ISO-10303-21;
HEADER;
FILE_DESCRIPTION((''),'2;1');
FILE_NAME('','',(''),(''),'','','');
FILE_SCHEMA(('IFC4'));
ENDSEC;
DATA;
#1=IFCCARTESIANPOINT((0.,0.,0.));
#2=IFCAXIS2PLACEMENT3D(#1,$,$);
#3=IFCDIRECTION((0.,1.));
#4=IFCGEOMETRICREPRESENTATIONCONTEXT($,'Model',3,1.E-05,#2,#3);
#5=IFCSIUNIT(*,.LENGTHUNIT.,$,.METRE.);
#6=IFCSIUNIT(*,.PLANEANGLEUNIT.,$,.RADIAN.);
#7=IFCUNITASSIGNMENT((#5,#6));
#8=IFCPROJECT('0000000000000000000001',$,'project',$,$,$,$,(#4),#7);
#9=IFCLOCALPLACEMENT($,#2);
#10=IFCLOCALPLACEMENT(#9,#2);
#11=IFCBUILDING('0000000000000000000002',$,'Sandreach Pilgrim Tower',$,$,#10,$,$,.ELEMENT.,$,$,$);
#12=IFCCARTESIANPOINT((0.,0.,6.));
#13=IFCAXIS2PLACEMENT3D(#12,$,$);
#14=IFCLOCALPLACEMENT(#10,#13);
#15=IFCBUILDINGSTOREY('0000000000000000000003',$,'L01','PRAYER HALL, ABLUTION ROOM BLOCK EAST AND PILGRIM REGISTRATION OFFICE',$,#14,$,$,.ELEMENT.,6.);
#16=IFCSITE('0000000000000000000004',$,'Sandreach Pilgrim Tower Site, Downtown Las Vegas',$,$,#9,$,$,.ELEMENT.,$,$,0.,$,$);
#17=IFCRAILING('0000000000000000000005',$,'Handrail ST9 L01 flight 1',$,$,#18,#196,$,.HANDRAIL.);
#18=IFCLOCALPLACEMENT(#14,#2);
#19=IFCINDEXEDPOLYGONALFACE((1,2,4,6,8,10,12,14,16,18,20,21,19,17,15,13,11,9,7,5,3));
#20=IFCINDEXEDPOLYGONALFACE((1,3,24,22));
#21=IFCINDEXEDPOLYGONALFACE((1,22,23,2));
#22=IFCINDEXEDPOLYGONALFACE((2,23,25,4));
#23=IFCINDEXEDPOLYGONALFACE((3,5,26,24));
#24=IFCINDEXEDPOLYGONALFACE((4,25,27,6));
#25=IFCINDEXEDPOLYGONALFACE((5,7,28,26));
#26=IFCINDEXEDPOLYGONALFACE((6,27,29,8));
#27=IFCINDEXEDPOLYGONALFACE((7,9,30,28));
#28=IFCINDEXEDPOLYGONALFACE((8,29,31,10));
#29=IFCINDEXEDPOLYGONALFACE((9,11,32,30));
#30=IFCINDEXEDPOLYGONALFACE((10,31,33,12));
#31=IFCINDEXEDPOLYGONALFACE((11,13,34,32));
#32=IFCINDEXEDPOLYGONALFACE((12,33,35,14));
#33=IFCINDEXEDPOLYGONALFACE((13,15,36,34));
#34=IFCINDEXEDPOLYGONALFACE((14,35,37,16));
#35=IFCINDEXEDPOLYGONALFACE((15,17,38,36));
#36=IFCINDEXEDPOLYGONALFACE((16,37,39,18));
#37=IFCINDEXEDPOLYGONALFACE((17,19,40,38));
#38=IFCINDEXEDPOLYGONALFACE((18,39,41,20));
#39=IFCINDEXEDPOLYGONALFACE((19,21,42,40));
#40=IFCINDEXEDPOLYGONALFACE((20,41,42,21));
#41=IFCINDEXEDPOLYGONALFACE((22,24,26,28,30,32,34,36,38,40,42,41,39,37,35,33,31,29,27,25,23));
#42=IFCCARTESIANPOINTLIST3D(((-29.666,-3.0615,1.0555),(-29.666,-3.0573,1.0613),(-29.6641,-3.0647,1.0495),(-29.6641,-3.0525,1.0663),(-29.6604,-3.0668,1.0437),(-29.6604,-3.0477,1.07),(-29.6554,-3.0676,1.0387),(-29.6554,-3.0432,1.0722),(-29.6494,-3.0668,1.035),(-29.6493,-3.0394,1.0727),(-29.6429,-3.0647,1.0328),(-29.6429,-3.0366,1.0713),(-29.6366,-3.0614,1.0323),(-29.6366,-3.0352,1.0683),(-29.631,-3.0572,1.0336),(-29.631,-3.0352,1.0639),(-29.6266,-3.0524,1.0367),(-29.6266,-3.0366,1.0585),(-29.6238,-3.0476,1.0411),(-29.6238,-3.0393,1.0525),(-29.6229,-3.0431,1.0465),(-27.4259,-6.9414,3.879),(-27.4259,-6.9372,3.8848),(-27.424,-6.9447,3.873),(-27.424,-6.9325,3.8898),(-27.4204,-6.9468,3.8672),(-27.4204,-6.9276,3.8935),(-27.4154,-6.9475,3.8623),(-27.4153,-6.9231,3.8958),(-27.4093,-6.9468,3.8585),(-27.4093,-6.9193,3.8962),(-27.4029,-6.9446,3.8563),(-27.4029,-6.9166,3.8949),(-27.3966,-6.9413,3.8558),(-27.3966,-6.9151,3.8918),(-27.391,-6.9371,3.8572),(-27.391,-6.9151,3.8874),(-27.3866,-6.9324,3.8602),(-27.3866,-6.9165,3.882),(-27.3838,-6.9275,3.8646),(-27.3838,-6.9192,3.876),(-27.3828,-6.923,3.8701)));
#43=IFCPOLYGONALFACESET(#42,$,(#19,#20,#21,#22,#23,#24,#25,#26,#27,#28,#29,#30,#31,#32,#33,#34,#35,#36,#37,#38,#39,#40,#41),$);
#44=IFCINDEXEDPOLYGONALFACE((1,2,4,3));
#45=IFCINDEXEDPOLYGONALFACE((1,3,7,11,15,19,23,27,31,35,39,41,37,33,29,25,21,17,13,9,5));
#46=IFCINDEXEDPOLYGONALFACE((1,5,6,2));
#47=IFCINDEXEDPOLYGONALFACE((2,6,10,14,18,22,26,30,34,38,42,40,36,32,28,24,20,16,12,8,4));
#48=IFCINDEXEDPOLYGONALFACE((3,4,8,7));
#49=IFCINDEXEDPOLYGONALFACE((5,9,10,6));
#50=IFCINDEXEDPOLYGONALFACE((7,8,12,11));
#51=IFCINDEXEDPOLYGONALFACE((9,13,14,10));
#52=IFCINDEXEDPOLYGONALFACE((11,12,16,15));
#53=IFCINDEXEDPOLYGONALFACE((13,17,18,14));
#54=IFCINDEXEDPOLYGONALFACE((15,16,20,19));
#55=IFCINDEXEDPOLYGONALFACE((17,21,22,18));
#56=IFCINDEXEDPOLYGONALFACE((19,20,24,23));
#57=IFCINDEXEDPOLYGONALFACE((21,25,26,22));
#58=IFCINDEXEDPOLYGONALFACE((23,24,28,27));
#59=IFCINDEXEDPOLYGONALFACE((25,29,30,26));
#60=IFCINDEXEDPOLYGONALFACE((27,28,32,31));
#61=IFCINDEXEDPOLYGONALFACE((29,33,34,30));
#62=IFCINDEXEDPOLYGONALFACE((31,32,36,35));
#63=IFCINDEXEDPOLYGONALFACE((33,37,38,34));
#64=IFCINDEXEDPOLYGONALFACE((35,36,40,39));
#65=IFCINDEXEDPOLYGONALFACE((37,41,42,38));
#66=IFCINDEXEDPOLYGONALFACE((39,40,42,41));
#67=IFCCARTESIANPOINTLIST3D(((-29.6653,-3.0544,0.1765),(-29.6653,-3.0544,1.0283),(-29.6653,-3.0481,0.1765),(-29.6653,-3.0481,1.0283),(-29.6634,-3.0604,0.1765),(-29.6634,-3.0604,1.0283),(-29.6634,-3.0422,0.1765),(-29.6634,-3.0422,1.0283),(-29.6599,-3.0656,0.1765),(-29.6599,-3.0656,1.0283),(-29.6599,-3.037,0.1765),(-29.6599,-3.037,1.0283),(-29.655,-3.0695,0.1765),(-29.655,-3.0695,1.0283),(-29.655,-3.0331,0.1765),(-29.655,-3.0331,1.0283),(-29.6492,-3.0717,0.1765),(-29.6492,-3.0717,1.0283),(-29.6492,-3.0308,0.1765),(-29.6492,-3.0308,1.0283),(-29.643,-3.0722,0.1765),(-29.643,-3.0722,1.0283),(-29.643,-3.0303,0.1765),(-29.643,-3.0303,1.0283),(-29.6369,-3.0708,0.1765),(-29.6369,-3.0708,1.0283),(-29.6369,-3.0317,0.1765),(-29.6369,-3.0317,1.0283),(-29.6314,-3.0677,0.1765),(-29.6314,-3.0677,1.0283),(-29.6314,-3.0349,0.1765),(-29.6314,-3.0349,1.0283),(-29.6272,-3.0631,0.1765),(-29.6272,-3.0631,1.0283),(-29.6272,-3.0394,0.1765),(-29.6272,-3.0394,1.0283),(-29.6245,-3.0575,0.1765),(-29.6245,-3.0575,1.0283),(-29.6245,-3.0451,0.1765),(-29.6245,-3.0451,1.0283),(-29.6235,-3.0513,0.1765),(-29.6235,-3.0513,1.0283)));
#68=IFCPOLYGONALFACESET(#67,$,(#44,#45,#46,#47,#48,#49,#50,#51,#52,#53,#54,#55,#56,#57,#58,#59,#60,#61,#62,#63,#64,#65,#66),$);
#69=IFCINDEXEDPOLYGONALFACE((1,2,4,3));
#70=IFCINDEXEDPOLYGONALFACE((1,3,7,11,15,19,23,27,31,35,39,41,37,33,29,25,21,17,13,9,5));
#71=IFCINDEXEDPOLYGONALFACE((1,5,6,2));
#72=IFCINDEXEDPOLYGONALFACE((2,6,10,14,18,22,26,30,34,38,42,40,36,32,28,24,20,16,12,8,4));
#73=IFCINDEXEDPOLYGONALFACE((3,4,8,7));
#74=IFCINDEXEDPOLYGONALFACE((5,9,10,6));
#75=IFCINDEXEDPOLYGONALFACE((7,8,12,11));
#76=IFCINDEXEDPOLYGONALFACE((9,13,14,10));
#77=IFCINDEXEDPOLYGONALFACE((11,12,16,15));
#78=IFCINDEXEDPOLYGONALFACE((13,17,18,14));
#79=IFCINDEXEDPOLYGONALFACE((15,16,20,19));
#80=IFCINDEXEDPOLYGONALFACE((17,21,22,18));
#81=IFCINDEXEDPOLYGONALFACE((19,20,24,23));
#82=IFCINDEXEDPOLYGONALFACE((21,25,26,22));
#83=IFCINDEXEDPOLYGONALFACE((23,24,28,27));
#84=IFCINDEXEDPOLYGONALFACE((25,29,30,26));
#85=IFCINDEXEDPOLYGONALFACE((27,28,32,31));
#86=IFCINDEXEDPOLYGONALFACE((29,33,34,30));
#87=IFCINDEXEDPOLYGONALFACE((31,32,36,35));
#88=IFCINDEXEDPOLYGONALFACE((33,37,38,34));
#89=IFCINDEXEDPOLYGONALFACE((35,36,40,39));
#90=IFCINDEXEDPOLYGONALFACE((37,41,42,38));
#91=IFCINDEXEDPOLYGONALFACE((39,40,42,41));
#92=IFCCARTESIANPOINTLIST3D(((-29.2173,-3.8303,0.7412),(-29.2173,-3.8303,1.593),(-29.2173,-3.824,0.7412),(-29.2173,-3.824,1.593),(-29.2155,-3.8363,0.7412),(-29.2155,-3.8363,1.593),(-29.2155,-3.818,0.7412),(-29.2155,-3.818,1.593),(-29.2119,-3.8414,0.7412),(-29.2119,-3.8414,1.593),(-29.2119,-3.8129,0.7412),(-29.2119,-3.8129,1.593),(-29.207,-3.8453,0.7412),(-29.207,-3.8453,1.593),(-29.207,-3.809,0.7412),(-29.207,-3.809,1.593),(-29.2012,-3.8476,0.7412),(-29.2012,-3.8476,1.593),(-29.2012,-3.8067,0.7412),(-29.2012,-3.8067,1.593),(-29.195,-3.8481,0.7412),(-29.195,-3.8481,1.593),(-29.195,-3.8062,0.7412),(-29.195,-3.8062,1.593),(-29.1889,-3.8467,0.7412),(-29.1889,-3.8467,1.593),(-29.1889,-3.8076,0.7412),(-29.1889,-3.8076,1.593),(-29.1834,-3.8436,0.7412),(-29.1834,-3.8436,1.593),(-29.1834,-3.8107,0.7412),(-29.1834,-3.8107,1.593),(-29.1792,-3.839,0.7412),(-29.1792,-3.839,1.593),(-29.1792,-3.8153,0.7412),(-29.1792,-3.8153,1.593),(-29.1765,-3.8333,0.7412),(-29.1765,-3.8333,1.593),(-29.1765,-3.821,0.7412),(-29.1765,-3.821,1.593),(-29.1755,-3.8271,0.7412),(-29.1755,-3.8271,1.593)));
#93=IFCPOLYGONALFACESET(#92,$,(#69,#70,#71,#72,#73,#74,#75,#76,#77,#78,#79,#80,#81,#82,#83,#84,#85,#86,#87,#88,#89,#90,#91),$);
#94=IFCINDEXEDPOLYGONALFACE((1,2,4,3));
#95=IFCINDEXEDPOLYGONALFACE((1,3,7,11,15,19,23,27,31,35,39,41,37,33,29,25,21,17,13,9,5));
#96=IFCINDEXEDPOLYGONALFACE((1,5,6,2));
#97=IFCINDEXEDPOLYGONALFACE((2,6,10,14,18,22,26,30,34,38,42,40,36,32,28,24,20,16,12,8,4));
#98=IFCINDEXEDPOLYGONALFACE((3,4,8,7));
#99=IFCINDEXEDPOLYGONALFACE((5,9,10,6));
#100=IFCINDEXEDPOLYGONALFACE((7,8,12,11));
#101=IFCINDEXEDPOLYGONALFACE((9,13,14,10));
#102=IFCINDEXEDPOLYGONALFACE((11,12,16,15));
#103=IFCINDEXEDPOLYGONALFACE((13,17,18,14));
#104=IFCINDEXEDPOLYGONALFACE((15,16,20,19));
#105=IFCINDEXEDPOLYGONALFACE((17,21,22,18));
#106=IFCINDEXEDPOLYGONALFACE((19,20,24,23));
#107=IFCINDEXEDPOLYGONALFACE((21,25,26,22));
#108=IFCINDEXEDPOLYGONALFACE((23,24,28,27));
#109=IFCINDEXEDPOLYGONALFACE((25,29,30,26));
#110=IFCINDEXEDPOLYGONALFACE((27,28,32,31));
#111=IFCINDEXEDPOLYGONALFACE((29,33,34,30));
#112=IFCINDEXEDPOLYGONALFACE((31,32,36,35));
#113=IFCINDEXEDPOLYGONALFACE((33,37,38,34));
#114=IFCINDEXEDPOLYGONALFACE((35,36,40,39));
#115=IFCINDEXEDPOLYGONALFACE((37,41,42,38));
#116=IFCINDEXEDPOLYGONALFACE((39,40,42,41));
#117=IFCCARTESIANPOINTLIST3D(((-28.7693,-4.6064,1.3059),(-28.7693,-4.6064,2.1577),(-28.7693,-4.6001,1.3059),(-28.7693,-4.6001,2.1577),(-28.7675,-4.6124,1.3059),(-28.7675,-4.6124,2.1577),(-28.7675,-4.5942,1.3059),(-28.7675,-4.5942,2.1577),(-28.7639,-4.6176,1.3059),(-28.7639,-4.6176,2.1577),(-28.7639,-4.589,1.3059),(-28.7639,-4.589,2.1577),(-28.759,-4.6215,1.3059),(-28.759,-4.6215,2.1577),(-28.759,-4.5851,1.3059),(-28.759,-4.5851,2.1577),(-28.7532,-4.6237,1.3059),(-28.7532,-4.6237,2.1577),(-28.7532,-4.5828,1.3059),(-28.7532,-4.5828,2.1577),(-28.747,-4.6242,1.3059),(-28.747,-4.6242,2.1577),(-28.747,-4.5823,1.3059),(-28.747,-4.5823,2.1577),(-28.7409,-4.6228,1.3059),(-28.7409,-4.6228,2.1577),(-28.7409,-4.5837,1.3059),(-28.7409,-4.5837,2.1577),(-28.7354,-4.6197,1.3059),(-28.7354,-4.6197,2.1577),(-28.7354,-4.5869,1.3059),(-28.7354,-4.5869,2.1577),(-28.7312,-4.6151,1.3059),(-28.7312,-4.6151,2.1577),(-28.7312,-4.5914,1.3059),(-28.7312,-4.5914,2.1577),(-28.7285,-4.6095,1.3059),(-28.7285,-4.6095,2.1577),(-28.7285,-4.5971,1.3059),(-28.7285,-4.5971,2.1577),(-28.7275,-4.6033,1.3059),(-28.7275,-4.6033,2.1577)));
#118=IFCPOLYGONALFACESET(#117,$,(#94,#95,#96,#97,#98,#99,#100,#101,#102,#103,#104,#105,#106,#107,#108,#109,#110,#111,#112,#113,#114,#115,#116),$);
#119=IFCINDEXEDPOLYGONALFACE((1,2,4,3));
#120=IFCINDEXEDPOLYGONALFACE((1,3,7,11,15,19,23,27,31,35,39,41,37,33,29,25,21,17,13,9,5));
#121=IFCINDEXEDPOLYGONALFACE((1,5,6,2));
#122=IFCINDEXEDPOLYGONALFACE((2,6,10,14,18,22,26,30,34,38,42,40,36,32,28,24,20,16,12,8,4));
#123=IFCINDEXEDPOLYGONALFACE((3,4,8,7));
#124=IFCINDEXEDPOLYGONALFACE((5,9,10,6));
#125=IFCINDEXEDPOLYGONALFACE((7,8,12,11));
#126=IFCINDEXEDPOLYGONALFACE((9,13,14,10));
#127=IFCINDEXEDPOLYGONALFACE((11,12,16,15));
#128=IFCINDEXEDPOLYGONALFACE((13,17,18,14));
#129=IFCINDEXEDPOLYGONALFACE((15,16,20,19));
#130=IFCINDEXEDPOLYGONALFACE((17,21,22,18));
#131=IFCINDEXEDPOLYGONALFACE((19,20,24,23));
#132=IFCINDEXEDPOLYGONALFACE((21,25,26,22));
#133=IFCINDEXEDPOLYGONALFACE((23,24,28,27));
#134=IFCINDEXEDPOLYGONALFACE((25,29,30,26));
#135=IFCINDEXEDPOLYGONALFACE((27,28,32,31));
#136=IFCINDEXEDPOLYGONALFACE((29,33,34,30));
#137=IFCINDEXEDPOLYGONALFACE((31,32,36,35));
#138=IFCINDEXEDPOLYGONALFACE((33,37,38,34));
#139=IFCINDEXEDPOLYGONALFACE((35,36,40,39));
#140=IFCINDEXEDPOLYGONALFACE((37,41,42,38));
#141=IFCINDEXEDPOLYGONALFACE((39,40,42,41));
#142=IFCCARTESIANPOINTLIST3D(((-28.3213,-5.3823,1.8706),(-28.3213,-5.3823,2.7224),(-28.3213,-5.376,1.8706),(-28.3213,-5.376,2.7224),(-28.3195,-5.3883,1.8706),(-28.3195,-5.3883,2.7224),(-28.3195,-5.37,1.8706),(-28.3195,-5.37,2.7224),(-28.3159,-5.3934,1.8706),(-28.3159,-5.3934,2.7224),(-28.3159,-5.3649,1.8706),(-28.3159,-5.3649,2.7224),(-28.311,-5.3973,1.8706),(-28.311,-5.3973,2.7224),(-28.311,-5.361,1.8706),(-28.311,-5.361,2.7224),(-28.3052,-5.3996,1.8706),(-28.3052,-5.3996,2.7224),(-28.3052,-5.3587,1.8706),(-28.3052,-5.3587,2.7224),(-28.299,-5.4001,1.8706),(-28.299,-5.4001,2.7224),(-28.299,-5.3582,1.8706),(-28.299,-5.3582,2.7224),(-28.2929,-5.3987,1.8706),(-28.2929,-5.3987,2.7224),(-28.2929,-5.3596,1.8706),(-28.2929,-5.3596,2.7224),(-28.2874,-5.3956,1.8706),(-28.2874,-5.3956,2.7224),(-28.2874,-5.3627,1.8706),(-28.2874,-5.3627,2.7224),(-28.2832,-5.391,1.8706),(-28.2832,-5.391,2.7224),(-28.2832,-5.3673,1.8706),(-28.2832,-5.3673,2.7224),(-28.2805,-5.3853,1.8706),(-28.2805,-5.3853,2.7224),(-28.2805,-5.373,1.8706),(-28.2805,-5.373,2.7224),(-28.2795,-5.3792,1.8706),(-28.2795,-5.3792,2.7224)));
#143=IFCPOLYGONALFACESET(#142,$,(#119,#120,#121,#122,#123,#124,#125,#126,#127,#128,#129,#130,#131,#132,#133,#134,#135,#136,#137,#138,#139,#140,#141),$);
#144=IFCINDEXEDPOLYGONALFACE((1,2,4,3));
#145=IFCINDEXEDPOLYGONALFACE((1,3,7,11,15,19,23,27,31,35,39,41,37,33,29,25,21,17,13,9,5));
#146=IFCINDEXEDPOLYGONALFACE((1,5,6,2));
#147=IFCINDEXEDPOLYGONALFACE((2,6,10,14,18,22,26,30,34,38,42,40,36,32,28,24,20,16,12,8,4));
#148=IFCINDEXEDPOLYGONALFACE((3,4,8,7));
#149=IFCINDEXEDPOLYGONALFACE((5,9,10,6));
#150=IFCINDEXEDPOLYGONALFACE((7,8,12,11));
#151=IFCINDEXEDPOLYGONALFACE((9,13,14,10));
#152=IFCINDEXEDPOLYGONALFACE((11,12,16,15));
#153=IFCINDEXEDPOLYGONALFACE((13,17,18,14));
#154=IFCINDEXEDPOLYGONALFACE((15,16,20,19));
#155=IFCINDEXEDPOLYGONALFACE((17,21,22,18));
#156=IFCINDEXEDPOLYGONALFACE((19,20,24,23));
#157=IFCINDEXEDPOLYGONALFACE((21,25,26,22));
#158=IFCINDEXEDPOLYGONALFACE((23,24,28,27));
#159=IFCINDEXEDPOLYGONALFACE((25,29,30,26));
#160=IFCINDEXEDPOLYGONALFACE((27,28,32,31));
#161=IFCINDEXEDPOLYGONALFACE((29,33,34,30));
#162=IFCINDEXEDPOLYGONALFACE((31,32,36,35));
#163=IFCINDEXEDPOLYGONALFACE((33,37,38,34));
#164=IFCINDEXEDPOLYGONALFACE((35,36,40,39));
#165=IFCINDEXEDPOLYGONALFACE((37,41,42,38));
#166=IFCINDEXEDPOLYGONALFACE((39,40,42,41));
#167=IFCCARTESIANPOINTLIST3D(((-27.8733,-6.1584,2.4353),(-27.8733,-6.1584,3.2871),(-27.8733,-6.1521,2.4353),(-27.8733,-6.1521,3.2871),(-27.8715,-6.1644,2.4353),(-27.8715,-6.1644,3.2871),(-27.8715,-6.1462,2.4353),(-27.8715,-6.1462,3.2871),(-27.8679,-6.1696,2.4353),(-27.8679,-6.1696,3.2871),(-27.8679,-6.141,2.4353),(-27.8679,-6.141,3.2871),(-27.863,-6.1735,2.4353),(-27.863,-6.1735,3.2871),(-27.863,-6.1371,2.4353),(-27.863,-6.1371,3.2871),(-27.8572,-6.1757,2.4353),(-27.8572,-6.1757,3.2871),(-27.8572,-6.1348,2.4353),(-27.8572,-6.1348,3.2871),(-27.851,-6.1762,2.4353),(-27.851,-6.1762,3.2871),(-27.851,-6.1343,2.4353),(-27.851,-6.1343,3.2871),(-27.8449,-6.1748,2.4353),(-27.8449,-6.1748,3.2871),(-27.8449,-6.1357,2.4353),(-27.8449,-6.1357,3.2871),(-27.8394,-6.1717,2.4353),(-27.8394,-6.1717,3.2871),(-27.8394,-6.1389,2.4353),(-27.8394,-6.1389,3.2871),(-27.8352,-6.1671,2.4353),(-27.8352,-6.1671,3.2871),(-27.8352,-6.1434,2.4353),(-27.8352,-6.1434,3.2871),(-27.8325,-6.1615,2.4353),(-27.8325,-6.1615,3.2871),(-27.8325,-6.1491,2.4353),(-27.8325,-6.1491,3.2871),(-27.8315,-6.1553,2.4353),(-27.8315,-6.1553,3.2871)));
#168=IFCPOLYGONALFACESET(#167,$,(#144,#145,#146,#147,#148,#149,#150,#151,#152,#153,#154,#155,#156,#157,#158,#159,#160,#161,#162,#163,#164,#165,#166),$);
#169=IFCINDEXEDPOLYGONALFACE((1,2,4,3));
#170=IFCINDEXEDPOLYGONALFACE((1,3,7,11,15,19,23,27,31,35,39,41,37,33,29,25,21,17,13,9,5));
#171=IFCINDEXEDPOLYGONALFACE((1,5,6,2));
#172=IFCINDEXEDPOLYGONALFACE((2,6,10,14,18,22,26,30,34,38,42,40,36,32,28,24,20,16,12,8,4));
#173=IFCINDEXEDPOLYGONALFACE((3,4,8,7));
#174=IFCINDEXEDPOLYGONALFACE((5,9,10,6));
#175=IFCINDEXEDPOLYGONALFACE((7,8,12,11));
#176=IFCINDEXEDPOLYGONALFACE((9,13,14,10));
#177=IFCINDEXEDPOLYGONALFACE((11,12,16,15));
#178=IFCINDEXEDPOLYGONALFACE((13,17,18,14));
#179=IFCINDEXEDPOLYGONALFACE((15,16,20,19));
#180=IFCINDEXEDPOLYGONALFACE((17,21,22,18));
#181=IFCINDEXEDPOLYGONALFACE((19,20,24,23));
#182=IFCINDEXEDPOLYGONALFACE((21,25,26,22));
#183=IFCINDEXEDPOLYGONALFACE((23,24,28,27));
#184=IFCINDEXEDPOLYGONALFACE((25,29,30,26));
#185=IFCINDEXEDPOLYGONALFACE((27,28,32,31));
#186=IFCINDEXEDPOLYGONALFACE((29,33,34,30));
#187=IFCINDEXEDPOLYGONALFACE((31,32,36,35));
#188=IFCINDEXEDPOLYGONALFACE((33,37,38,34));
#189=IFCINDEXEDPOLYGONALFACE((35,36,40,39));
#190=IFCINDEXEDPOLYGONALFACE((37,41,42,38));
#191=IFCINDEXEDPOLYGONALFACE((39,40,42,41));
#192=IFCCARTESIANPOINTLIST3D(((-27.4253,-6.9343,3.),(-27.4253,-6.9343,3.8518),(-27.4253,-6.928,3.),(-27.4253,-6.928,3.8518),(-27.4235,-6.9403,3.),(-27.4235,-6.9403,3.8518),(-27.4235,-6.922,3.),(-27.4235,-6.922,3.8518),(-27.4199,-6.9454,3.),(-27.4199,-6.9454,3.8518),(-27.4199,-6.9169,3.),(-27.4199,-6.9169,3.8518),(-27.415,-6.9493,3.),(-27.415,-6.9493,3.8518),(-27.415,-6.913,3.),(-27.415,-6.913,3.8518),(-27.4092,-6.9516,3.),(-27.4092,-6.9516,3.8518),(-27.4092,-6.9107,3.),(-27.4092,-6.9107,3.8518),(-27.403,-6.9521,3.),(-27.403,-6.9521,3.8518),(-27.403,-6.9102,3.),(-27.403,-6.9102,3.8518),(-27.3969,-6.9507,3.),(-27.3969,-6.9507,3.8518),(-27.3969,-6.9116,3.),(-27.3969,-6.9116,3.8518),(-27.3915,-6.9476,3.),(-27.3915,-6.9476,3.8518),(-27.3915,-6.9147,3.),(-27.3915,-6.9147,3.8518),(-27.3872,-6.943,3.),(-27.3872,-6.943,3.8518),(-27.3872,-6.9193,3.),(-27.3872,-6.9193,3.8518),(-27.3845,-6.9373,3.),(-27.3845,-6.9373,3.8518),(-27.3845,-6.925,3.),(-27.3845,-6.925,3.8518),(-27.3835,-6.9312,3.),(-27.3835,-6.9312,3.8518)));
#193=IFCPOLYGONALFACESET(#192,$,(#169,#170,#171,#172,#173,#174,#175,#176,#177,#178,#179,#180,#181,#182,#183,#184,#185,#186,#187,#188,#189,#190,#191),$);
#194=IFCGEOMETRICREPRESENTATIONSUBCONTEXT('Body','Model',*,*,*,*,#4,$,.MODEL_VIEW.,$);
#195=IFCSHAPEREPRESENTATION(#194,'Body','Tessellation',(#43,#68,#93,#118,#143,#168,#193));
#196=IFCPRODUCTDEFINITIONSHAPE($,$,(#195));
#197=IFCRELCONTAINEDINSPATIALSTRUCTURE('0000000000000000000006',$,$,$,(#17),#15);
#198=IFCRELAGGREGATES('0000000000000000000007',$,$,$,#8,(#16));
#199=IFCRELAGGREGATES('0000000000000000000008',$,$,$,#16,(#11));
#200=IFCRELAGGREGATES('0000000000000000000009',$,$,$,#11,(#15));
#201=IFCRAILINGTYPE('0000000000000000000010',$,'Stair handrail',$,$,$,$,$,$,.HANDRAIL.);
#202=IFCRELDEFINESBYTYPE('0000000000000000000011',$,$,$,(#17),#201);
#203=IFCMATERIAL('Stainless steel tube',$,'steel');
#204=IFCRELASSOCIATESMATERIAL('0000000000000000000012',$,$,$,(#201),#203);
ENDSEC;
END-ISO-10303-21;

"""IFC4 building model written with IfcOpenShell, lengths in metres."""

from ifc_helpers import new_model, si_unit, direction, frame, origin, origin_2d, place, context, subcontext, project, spatial, circle, extrude, material, type_object, element, save


model = new_model("IFC4")

# Units and contexts
model_context = context("Model", 3, precision=1e-05, world=origin(), true_north=direction((0.0, 1.0)))
body_context = subcontext(model_context, "Body", "Model", "MODEL_VIEW")
ifc_project = project(units=[si_unit("LENGTHUNIT", "METRE"), si_unit("PLANEANGLEUNIT", "RADIAN")], contexts=[model_context])

# Site, building, storey
site_placement = place(None, origin())
site = spatial("IfcSite", under=ifc_project, at=site_placement, Name="Sandreach Pilgrim Tower Site, Downtown Las Vegas", CompositionType="ELEMENT", RefElevation=0.0)
building_placement = place(site_placement, origin())
building = spatial("IfcBuilding", under=site, at=building_placement, Name="Sandreach Pilgrim Tower", CompositionType="ELEMENT")
storey_placement = place(building_placement, frame((0.0, 0.0, 6.0)))
storey = spatial("IfcBuildingStorey", under=building, at=storey_placement, Name="L01", Description="PRAYER HALL, ABLUTION ROOM BLOCK EAST AND PILGRIM REGISTRATION OFFICE", CompositionType="ELEMENT", Elevation=6.0)

# Railing
ifc_material_1 = material(Name="Stainless steel tube", Category="steel")
railing_type = type_object("IfcRailingType", Name="Stair handrail", PredefinedType="HANDRAIL", material=ifc_material_1)
railing_1_placement = place(storey_placement, frame((-29.6445, -3.0513, 0.1765)))
element("IfcRailing", 1, at=railing_1_placement, inside=storey, type_object=railing_type, Name="Handrail ST9 L01 flight 1", PredefinedType="HANDRAIL", context=body_context, shape_type="SweptSolid", body=[
    extrude(circle(Radius=0.0239, at=origin_2d()), frame((0.0, 0.0, 0.876), z_axis=(0.422993, -0.732665, 0.533178), x_axis=(0.866031, 0.49999, 0.0)), (0.0, 0.0, 1.0), 5.2957),
    extrude(circle(Radius=0.021, at=origin_2d()), origin(), (0.0, 0.0, 1.0), 0.8518),
    extrude(circle(Radius=0.021, at=origin_2d()), frame((0.448, -0.7759, 0.5647)), (0.0, 0.0, 1.0), 0.8518),
    extrude(circle(Radius=0.021, at=origin_2d()), frame((0.896, -1.552, 1.1294)), (0.0, 0.0, 1.0), 0.8518),
    extrude(circle(Radius=0.021, at=origin_2d()), frame((1.344, -2.3279, 1.6941)), (0.0, 0.0, 1.0), 0.8518),
    extrude(circle(Radius=0.021, at=origin_2d()), frame((1.792, -3.104, 2.2588)), (0.0, 0.0, 1.0), 0.8518),
    extrude(circle(Radius=0.021, at=origin_2d()), frame((2.24, -3.8799, 2.8235)), (0.0, 0.0, 1.0), 0.8518),
])

save(model, "model.ifc")
